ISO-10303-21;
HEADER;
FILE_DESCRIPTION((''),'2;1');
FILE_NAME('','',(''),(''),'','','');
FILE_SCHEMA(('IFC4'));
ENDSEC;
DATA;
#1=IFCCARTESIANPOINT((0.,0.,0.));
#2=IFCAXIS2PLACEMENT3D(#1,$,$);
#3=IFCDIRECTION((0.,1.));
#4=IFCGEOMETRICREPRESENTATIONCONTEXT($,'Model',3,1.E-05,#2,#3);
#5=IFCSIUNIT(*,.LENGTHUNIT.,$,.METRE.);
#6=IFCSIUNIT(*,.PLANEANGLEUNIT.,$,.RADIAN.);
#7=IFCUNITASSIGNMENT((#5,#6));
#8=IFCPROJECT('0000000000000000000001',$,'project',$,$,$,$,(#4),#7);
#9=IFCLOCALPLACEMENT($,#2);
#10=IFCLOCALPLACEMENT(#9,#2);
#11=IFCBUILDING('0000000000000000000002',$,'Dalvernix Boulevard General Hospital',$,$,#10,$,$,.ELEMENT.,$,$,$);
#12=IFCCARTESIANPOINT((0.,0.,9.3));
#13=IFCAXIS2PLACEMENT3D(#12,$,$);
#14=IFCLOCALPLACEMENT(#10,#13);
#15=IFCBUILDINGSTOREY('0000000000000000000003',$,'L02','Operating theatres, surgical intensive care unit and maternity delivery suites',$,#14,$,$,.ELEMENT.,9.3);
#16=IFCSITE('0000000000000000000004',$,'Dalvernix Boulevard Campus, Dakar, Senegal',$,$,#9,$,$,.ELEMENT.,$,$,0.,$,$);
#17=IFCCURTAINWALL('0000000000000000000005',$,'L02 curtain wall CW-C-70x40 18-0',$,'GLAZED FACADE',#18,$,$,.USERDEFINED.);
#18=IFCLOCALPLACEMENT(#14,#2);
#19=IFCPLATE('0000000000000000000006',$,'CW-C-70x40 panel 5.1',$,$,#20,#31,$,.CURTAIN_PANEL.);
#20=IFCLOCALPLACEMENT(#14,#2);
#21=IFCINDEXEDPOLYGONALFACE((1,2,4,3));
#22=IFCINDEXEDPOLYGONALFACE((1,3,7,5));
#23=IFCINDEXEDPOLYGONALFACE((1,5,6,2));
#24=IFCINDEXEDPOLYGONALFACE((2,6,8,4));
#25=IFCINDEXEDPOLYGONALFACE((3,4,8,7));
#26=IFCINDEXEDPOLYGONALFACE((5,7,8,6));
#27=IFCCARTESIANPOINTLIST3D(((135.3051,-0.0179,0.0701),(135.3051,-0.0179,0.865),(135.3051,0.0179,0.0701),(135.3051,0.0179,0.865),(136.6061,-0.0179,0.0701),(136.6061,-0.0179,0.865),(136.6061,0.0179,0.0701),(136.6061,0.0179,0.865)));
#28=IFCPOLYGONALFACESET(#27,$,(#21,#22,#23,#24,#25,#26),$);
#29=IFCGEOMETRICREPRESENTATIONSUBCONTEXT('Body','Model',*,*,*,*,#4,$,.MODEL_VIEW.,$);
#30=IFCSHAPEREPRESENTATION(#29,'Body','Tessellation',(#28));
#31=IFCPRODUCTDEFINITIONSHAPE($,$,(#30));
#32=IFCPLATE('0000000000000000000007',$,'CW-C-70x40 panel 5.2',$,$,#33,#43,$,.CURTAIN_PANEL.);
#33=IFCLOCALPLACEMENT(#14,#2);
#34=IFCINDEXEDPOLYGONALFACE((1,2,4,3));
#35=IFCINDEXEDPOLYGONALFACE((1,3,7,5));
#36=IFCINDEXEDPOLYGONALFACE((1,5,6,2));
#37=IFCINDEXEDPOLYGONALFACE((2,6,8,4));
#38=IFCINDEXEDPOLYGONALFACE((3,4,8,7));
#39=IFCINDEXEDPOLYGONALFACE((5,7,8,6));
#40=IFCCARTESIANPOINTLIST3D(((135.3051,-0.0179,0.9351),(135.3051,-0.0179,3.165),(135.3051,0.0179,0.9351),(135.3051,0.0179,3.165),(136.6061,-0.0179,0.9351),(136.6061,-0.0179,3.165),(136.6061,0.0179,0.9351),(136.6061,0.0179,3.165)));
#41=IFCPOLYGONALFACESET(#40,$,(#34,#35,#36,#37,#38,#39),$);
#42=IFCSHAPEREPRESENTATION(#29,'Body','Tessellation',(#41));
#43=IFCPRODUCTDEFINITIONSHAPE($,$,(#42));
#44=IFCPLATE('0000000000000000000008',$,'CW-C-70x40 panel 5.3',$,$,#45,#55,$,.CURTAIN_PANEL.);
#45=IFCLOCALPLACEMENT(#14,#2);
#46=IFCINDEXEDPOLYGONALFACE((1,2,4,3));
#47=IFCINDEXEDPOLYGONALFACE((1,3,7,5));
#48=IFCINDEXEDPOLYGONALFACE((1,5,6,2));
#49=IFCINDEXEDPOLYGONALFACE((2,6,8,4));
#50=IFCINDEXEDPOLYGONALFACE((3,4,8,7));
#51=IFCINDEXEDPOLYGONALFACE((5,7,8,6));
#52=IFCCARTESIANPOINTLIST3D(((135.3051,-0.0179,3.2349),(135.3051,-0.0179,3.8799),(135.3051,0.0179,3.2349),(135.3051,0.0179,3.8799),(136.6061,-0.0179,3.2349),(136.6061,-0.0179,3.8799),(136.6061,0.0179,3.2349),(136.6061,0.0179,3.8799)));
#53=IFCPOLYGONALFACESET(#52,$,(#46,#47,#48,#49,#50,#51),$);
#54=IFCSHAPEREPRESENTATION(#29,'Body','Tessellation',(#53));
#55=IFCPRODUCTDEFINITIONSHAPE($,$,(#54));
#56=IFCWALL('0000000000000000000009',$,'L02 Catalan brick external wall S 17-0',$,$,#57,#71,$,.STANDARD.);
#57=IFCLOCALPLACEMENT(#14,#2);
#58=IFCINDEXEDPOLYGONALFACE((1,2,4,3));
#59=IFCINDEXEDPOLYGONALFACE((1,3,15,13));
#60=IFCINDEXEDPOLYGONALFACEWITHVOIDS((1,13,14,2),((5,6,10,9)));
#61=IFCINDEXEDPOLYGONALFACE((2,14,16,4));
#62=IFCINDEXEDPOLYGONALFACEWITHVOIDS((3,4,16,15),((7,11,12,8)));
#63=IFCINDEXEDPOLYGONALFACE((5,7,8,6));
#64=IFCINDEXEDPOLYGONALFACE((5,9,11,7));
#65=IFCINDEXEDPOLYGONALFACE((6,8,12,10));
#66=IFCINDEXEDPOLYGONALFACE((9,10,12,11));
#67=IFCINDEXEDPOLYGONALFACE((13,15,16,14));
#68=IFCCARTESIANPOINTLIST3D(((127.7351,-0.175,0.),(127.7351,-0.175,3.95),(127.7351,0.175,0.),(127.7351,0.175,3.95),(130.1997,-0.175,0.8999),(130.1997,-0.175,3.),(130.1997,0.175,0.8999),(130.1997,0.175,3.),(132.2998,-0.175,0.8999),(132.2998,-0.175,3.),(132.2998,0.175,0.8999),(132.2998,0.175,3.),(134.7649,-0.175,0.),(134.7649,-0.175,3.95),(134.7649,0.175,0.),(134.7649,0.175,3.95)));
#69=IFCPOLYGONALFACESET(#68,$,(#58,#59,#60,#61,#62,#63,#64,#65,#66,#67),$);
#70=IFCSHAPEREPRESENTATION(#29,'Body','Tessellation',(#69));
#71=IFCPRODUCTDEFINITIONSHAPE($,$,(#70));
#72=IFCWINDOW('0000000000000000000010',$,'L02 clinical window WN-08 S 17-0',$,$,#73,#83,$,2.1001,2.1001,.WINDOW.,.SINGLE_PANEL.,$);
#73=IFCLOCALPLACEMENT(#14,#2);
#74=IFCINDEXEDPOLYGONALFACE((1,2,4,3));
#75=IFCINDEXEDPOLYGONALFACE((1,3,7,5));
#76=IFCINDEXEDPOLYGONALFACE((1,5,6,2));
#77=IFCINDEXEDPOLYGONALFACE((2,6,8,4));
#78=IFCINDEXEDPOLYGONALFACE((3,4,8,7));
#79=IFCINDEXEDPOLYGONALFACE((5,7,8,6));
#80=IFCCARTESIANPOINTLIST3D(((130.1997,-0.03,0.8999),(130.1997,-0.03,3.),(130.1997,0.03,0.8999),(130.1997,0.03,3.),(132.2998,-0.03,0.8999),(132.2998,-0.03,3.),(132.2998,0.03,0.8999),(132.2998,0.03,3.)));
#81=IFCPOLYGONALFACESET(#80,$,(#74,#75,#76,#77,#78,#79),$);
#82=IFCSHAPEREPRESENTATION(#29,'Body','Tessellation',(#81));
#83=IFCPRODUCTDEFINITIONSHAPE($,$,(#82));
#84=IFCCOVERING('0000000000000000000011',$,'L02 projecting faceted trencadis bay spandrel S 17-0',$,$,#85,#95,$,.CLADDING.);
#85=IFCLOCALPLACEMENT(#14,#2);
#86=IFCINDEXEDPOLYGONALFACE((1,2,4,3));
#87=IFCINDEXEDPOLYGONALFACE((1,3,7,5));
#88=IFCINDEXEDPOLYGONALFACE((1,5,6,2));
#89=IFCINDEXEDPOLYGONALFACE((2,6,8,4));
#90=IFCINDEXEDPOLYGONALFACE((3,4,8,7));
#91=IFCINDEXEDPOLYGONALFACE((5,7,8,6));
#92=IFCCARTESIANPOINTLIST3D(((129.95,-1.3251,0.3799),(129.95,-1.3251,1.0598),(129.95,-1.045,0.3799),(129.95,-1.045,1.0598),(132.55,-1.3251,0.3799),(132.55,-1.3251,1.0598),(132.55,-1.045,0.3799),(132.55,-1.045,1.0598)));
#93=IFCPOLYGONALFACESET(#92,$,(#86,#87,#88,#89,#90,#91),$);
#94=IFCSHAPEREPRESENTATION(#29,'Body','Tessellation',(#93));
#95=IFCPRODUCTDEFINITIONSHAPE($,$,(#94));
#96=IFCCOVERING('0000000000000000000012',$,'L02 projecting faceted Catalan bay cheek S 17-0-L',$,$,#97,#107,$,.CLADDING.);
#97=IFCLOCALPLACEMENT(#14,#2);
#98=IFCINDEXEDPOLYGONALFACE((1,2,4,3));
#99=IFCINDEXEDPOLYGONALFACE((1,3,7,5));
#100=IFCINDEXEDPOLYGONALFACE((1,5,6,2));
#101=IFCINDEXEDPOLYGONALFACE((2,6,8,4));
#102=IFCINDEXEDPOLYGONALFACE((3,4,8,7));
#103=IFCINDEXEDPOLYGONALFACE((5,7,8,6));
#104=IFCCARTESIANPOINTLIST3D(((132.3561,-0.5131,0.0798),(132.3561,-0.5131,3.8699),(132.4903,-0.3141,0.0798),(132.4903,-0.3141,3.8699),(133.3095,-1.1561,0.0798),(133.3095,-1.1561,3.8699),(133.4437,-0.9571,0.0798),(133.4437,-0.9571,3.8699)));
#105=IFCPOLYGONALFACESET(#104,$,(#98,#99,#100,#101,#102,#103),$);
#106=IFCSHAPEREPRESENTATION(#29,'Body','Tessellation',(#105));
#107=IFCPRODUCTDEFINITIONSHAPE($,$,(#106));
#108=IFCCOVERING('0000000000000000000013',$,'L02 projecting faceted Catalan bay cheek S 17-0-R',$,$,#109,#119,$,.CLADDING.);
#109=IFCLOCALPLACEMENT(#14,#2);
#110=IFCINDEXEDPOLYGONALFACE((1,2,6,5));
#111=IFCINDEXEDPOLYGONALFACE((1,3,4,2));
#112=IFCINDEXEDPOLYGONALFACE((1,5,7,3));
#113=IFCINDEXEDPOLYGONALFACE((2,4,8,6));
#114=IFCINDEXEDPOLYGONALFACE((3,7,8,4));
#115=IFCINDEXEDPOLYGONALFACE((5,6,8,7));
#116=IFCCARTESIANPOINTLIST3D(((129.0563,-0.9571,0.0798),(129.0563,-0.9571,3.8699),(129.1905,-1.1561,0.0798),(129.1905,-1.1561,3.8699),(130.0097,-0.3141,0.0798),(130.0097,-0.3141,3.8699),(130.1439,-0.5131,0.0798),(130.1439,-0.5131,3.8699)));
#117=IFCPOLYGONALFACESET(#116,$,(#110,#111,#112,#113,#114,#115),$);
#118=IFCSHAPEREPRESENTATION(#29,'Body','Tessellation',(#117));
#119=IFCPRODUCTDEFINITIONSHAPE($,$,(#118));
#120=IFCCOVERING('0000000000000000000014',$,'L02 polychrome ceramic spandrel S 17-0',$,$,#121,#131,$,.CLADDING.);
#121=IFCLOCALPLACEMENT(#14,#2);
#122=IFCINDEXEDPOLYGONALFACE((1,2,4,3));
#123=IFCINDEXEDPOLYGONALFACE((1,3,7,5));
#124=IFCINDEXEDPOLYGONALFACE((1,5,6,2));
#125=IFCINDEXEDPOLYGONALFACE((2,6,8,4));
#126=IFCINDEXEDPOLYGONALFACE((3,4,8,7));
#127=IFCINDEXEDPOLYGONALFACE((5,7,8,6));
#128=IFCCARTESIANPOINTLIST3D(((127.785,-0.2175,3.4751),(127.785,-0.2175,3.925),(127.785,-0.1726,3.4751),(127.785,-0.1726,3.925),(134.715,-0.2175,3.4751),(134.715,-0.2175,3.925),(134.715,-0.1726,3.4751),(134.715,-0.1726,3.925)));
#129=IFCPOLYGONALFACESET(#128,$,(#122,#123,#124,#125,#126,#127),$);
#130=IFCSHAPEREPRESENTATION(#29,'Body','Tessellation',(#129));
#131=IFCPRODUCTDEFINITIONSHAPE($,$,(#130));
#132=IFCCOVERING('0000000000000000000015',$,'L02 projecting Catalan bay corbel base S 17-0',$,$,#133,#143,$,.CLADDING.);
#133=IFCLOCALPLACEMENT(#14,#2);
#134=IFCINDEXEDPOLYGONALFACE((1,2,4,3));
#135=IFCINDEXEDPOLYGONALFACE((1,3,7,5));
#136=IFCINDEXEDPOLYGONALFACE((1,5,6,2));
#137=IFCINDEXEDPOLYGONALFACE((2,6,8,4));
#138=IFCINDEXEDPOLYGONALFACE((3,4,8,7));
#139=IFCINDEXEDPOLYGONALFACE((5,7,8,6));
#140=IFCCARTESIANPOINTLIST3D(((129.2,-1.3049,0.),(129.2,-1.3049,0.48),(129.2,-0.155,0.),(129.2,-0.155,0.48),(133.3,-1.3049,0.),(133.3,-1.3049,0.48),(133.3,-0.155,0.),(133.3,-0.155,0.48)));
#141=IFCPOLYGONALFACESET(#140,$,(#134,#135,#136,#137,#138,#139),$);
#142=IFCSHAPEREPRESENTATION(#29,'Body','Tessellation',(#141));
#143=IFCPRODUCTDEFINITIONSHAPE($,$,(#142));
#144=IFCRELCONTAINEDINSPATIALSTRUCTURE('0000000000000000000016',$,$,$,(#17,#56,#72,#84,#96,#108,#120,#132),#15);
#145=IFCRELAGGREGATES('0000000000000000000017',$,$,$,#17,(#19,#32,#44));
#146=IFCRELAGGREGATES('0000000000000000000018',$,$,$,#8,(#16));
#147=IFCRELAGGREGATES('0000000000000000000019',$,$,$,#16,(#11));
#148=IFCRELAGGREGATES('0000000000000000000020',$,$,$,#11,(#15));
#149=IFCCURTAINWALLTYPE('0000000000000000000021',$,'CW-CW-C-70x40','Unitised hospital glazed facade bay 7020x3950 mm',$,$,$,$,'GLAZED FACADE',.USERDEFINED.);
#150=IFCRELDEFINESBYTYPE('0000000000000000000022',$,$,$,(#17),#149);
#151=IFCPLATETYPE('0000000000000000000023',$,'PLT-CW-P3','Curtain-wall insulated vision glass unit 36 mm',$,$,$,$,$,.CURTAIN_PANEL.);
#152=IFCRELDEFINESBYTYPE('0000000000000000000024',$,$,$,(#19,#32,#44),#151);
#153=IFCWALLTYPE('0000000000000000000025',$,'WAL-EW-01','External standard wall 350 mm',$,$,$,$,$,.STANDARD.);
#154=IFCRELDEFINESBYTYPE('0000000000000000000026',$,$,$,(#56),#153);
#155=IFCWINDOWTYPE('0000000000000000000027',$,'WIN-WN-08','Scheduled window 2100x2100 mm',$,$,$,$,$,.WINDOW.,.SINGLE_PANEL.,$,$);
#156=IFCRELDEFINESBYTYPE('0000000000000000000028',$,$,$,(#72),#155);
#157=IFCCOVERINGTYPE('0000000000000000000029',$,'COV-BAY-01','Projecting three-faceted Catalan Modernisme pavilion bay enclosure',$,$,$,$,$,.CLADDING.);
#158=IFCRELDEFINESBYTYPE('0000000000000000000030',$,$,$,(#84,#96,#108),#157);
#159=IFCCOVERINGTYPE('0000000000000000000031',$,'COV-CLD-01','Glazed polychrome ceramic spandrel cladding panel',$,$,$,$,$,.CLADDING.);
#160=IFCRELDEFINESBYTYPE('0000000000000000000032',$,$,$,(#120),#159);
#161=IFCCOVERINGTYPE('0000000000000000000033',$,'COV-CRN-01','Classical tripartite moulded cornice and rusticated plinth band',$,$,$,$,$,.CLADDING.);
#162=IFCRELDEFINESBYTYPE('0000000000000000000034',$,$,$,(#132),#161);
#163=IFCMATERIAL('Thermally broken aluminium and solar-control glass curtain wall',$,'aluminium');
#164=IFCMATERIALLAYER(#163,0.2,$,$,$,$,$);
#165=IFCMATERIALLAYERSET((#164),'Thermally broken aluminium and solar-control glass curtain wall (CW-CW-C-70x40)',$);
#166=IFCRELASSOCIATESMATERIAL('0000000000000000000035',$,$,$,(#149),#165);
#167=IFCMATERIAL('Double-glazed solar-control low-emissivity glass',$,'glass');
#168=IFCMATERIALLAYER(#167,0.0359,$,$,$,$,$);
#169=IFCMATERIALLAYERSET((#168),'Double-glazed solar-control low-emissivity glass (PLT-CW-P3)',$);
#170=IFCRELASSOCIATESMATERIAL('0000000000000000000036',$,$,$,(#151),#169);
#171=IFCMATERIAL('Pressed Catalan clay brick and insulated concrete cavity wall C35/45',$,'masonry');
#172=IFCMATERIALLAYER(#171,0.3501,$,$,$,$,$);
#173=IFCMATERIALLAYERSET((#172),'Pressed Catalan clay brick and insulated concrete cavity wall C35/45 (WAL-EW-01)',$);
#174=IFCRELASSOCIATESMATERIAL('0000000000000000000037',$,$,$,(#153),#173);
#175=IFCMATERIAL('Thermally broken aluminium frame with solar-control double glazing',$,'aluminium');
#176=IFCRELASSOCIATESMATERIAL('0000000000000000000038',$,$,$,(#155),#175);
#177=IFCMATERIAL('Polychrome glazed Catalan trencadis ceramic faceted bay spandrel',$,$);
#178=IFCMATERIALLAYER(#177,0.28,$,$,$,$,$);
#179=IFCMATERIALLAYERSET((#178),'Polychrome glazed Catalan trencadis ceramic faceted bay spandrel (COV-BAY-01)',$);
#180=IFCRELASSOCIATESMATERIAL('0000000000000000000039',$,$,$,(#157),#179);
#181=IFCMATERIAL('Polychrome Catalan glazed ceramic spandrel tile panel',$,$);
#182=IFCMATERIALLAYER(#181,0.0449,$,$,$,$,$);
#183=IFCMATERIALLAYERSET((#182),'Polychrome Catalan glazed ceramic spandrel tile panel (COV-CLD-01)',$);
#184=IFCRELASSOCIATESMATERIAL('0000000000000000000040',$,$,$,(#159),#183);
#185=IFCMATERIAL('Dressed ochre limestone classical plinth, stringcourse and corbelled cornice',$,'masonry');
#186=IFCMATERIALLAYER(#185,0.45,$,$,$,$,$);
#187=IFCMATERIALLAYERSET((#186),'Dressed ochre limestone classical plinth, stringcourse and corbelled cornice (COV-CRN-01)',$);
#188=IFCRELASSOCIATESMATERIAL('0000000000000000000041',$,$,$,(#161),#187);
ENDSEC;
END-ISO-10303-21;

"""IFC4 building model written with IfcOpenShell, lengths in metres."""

from ifc_helpers import new_model, si_unit, direction, frame, frame_2d, origin, origin_2d, place, context, subcontext, project, spatial, rectangle, extrude, material, layer, layer_set, type_object, element, fill, aggregate, save


model = new_model("IFC4")

# Units and contexts
model_context = context("Model", 3, precision=1e-05, world=origin(), true_north=direction((0.0, 1.0)))
body_context = subcontext(model_context, "Body", "Model", "MODEL_VIEW")
ifc_project = project(units=[si_unit("LENGTHUNIT", "METRE"), si_unit("PLANEANGLEUNIT", "RADIAN")], contexts=[model_context])

# Site, building, storey
site_placement = place(None, origin())
site = spatial("IfcSite", under=ifc_project, at=site_placement, Name="Dalvernix Boulevard Campus, Dakar, Senegal", CompositionType="ELEMENT", RefElevation=0.0)
building_placement = place(site_placement, origin())
building = spatial("IfcBuilding", under=site, at=building_placement, Name="Dalvernix Boulevard General Hospital", CompositionType="ELEMENT")
storey_placement = place(building_placement, frame((0.0, 0.0, 9.3)))
storey = spatial("IfcBuildingStorey", under=building, at=storey_placement, Name="L02", Description="Operating theatres, surgical intensive care unit and maternity delivery suites", CompositionType="ELEMENT", Elevation=9.3)

# Curtain wall, plates
ifc_material_1 = material(Name="Thermally broken aluminium and solar-control glass curtain wall", Category="aluminium")
ifc_layer_1 = layer(ifc_material_1, 0.2)
ifc_layer_set_1 = layer_set([ifc_layer_1], Name="Thermally broken aluminium and solar-control glass curtain wall (CW-CW-C-70x40)")
curtain_wall_type = type_object("IfcCurtainWallType", Name="CW-CW-C-70x40", Description="Unitised hospital glazed facade bay 7020x3950 mm", ElementType="GLAZED FACADE", PredefinedType="USERDEFINED", material=ifc_layer_set_1)
curtain_wall_placement = place(storey_placement, origin())
curtain_wall = element("IfcCurtainWall", 1, at=curtain_wall_placement, inside=storey, type_object=curtain_wall_type, Name="L02 curtain wall CW-C-70x40 18-0", ObjectType="GLAZED FACADE", PredefinedType="USERDEFINED")
ifc_material_2 = material(Name="Double-glazed solar-control low-emissivity glass", Category="glass")
ifc_layer_2 = layer(ifc_material_2, 0.0359)
ifc_layer_set_2 = layer_set([ifc_layer_2], Name="Double-glazed solar-control low-emissivity glass (PLT-CW-P3)")
plate_type = type_object("IfcPlateType", Name="PLT-CW-P3", Description="Curtain-wall insulated vision glass unit 36 mm", PredefinedType="CURTAIN_PANEL", material=ifc_layer_set_2)
plate_1_placement = place(storey_placement, frame((135.9556, 0.0, 0.0701), z_axis=(0.0, 0.0, 1.0), x_axis=(-1.0, 0.0, 0.0)))
plate_1 = element("IfcPlate", 2, at=plate_1_placement, type_object=plate_type, Name="CW-C-70x40 panel 5.1", PredefinedType="CURTAIN_PANEL", context=body_context, shape_type="SweptSolid", body=[
    extrude(rectangle(XDim=1.301, YDim=0.0359, at=origin_2d()), origin(), (0.0, 0.0, 1.0), 0.7949),
])
plate_2_placement = place(storey_placement, frame((135.9556, 0.0, 0.9351), z_axis=(0.0, 0.0, 1.0), x_axis=(-1.0, 0.0, 0.0)))
plate_2 = element("IfcPlate", 3, at=plate_2_placement, type_object=plate_type, Name="CW-C-70x40 panel 5.2", PredefinedType="CURTAIN_PANEL", context=body_context, shape_type="SweptSolid", body=[
    extrude(rectangle(XDim=1.301, YDim=0.0359, at=origin_2d()), origin(), (0.0, 0.0, 1.0), 2.23),
])
plate_3_placement = place(storey_placement, frame((135.9556, 0.0, 3.2349), z_axis=(0.0, 0.0, 1.0), x_axis=(-1.0, 0.0, 0.0)))
plate_3 = element("IfcPlate", 4, at=plate_3_placement, type_object=plate_type, Name="CW-C-70x40 panel 5.3", PredefinedType="CURTAIN_PANEL", context=body_context, shape_type="SweptSolid", body=[
    extrude(rectangle(XDim=1.301, YDim=0.0359, at=origin_2d()), origin(), (0.0, 0.0, 1.0), 0.645),
])
aggregate(curtain_wall, [plate_1, plate_2, plate_3])

# Wall, opening, window
ifc_material_3 = material(Name="Pressed Catalan clay brick and insulated concrete cavity wall C35/45", Category="masonry")
ifc_layer_3 = layer(ifc_material_3, 0.3501)
ifc_layer_set_3 = layer_set([ifc_layer_3], Name="Pressed Catalan clay brick and insulated concrete cavity wall C35/45 (WAL-EW-01)")
wall_type = type_object("IfcWallType", Name="WAL-EW-01", Description="External standard wall 350 mm", PredefinedType="STANDARD", material=ifc_layer_set_3)
wall_placement = place(storey_placement, frame((134.7649, 0.0, 0.0), z_axis=(0.0, 0.0, 1.0), x_axis=(-1.0, 0.0, 0.0)))
wall = element("IfcWall", 5, at=wall_placement, inside=storey, type_object=wall_type, Name="L02 Catalan brick external wall S 17-0", PredefinedType="STANDARD", context=body_context, shape_type="SweptSolid", body=[
    extrude(rectangle(XDim=7.0298, YDim=0.3501, at=frame_2d((3.5149, 0.0))), origin(), (0.0, 0.0, 1.0), 3.95),
])
opening_placement = place(wall_placement, frame((2.4651, 0.0, 0.8999)))
opening = element("IfcOpeningElement", 6, at=opening_placement, cuts=wall, PredefinedType="OPENING", context=body_context, shape_type="SweptSolid", body=[
    extrude(rectangle(XDim=2.1001, YDim=2.1001, at=frame_2d((1.05, 1.05))), frame((0.0, 0.1851, 0.0), z_axis=(0.0, -1.0, 0.0), x_axis=(1.0, 0.0, 0.0)), (0.0, 0.0, 1.0), 0.3701),
])
ifc_material_4 = material(Name="Thermally broken aluminium frame with solar-control double glazing", Category="aluminium")
window_type = type_object("IfcWindowType", Name="WIN-WN-08", Description="Scheduled window 2100x2100 mm", PartitioningType="SINGLE_PANEL", PredefinedType="WINDOW", material=ifc_material_4)
window_placement = place(opening_placement, origin())
window = element("IfcWindow", 7, at=window_placement, inside=storey, type_object=window_type, Name="L02 clinical window WN-08 S 17-0", OverallHeight=2.1001, OverallWidth=2.1001, PartitioningType="SINGLE_PANEL", PredefinedType="WINDOW", context=body_context, shape_type="SweptSolid", body=[
    extrude(rectangle(XDim=2.1001, YDim=2.1001, at=frame_2d((1.05, 1.05))), frame((0.0, 0.03, 0.0), z_axis=(0.0, -1.0, 0.0), x_axis=(1.0, 0.0, 0.0)), (0.0, 0.0, 1.0), 0.0601),
])
fill(opening, window)

# Coverings
ifc_material_5 = material(Name="Polychrome glazed Catalan trencadis ceramic faceted bay spandrel")
ifc_layer_4 = layer(ifc_material_5, 0.28)
ifc_layer_set_4 = layer_set([ifc_layer_4], Name="Polychrome glazed Catalan trencadis ceramic faceted bay spandrel (COV-BAY-01)")
covering_type_1 = type_object("IfcCoveringType", Name="COV-BAY-01", Description="Projecting three-faceted Catalan Modernisme pavilion bay enclosure", PredefinedType="CLADDING", material=ifc_layer_set_4)
covering_1_placement = place(storey_placement, frame((131.25, -1.1851, 0.3799), z_axis=(0.0, 0.0, 1.0), x_axis=(-1.0, 0.0, 0.0)))
element("IfcCovering", 8, at=covering_1_placement, inside=storey, type_object=covering_type_1, Name="L02 projecting faceted trencadis bay spandrel S 17-0", PredefinedType="CLADDING", context=body_context, shape_type="SweptSolid", body=[
    extrude(rectangle(XDim=2.6001, YDim=0.28, at=origin_2d()), origin(), (0.0, 0.0, 1.0), 0.6799),
])
for number, where, z_axis, x_axis, name in (
    (9, (132.8999, -0.7351, 0.0798), (0.0, 0.0, 1.0), (-0.829038, 0.559193, 0.0), "L02 projecting faceted Catalan bay cheek S 17-0-L"),
    (10, (129.6001, -0.7351, 0.0798), (0.0, 0.0, 1.0), (-0.829038, -0.559193, 0.0), "L02 projecting faceted Catalan bay cheek S 17-0-R"),
):
    element("IfcCovering", number, at=place(storey_placement, frame(where, z_axis=z_axis, x_axis=x_axis)), inside=storey, type_object=covering_type_1, Name=name, PredefinedType="CLADDING", context=body_context, shape_type="SweptSolid", body=[
        extrude(rectangle(XDim=1.1499, YDim=0.24, at=origin_2d()), origin(), (0.0, 0.0, 1.0), 3.79),
    ])
ifc_material_6 = material(Name="Polychrome Catalan glazed ceramic spandrel tile panel")
ifc_layer_5 = layer(ifc_material_6, 0.0449)
ifc_layer_set_5 = layer_set([ifc_layer_5], Name="Polychrome Catalan glazed ceramic spandrel tile panel (COV-CLD-01)")
covering_type_2 = type_object("IfcCoveringType", Name="COV-CLD-01", Description="Glazed polychrome ceramic spandrel cladding panel", PredefinedType="CLADDING", material=ifc_layer_set_5)
covering_2_placement = place(storey_placement, frame((131.25, -0.1951, 3.4751), z_axis=(0.0, 0.0, 1.0), x_axis=(-1.0, 0.0, 0.0)))
element("IfcCovering", 11, at=covering_2_placement, inside=storey, type_object=covering_type_2, Name="L02 polychrome ceramic spandrel S 17-0", PredefinedType="CLADDING", context=body_context, shape_type="SweptSolid", body=[
    extrude(rectangle(XDim=6.9299, YDim=0.0449, at=origin_2d()), origin(), (0.0, 0.0, 1.0), 0.45),
])
ifc_material_7 = material(Name="Dressed ochre limestone classical plinth, stringcourse and corbelled cornice", Category="masonry")
ifc_layer_6 = layer(ifc_material_7, 0.45)
ifc_layer_set_6 = layer_set([ifc_layer_6], Name="Dressed ochre limestone classical plinth, stringcourse and corbelled cornice (COV-CRN-01)")
covering_type_3 = type_object("IfcCoveringType", Name="COV-CRN-01", Description="Classical tripartite moulded cornice and rusticated plinth band", PredefinedType="CLADDING", material=ifc_layer_set_6)
covering_3_placement = place(storey_placement, frame((131.25, -0.73, 0.0), z_axis=(0.0, 0.0, 1.0), x_axis=(-1.0, 0.0, 0.0)))
element("IfcCovering", 12, at=covering_3_placement, inside=storey, type_object=covering_type_3, Name="L02 projecting Catalan bay corbel base S 17-0", PredefinedType="CLADDING", context=body_context, shape_type="SweptSolid", body=[
    extrude(rectangle(XDim=4.1001, YDim=1.1499, at=origin_2d()), origin(), (0.0, 0.0, 1.0), 0.48),
])

save(model, "model.ifc")
